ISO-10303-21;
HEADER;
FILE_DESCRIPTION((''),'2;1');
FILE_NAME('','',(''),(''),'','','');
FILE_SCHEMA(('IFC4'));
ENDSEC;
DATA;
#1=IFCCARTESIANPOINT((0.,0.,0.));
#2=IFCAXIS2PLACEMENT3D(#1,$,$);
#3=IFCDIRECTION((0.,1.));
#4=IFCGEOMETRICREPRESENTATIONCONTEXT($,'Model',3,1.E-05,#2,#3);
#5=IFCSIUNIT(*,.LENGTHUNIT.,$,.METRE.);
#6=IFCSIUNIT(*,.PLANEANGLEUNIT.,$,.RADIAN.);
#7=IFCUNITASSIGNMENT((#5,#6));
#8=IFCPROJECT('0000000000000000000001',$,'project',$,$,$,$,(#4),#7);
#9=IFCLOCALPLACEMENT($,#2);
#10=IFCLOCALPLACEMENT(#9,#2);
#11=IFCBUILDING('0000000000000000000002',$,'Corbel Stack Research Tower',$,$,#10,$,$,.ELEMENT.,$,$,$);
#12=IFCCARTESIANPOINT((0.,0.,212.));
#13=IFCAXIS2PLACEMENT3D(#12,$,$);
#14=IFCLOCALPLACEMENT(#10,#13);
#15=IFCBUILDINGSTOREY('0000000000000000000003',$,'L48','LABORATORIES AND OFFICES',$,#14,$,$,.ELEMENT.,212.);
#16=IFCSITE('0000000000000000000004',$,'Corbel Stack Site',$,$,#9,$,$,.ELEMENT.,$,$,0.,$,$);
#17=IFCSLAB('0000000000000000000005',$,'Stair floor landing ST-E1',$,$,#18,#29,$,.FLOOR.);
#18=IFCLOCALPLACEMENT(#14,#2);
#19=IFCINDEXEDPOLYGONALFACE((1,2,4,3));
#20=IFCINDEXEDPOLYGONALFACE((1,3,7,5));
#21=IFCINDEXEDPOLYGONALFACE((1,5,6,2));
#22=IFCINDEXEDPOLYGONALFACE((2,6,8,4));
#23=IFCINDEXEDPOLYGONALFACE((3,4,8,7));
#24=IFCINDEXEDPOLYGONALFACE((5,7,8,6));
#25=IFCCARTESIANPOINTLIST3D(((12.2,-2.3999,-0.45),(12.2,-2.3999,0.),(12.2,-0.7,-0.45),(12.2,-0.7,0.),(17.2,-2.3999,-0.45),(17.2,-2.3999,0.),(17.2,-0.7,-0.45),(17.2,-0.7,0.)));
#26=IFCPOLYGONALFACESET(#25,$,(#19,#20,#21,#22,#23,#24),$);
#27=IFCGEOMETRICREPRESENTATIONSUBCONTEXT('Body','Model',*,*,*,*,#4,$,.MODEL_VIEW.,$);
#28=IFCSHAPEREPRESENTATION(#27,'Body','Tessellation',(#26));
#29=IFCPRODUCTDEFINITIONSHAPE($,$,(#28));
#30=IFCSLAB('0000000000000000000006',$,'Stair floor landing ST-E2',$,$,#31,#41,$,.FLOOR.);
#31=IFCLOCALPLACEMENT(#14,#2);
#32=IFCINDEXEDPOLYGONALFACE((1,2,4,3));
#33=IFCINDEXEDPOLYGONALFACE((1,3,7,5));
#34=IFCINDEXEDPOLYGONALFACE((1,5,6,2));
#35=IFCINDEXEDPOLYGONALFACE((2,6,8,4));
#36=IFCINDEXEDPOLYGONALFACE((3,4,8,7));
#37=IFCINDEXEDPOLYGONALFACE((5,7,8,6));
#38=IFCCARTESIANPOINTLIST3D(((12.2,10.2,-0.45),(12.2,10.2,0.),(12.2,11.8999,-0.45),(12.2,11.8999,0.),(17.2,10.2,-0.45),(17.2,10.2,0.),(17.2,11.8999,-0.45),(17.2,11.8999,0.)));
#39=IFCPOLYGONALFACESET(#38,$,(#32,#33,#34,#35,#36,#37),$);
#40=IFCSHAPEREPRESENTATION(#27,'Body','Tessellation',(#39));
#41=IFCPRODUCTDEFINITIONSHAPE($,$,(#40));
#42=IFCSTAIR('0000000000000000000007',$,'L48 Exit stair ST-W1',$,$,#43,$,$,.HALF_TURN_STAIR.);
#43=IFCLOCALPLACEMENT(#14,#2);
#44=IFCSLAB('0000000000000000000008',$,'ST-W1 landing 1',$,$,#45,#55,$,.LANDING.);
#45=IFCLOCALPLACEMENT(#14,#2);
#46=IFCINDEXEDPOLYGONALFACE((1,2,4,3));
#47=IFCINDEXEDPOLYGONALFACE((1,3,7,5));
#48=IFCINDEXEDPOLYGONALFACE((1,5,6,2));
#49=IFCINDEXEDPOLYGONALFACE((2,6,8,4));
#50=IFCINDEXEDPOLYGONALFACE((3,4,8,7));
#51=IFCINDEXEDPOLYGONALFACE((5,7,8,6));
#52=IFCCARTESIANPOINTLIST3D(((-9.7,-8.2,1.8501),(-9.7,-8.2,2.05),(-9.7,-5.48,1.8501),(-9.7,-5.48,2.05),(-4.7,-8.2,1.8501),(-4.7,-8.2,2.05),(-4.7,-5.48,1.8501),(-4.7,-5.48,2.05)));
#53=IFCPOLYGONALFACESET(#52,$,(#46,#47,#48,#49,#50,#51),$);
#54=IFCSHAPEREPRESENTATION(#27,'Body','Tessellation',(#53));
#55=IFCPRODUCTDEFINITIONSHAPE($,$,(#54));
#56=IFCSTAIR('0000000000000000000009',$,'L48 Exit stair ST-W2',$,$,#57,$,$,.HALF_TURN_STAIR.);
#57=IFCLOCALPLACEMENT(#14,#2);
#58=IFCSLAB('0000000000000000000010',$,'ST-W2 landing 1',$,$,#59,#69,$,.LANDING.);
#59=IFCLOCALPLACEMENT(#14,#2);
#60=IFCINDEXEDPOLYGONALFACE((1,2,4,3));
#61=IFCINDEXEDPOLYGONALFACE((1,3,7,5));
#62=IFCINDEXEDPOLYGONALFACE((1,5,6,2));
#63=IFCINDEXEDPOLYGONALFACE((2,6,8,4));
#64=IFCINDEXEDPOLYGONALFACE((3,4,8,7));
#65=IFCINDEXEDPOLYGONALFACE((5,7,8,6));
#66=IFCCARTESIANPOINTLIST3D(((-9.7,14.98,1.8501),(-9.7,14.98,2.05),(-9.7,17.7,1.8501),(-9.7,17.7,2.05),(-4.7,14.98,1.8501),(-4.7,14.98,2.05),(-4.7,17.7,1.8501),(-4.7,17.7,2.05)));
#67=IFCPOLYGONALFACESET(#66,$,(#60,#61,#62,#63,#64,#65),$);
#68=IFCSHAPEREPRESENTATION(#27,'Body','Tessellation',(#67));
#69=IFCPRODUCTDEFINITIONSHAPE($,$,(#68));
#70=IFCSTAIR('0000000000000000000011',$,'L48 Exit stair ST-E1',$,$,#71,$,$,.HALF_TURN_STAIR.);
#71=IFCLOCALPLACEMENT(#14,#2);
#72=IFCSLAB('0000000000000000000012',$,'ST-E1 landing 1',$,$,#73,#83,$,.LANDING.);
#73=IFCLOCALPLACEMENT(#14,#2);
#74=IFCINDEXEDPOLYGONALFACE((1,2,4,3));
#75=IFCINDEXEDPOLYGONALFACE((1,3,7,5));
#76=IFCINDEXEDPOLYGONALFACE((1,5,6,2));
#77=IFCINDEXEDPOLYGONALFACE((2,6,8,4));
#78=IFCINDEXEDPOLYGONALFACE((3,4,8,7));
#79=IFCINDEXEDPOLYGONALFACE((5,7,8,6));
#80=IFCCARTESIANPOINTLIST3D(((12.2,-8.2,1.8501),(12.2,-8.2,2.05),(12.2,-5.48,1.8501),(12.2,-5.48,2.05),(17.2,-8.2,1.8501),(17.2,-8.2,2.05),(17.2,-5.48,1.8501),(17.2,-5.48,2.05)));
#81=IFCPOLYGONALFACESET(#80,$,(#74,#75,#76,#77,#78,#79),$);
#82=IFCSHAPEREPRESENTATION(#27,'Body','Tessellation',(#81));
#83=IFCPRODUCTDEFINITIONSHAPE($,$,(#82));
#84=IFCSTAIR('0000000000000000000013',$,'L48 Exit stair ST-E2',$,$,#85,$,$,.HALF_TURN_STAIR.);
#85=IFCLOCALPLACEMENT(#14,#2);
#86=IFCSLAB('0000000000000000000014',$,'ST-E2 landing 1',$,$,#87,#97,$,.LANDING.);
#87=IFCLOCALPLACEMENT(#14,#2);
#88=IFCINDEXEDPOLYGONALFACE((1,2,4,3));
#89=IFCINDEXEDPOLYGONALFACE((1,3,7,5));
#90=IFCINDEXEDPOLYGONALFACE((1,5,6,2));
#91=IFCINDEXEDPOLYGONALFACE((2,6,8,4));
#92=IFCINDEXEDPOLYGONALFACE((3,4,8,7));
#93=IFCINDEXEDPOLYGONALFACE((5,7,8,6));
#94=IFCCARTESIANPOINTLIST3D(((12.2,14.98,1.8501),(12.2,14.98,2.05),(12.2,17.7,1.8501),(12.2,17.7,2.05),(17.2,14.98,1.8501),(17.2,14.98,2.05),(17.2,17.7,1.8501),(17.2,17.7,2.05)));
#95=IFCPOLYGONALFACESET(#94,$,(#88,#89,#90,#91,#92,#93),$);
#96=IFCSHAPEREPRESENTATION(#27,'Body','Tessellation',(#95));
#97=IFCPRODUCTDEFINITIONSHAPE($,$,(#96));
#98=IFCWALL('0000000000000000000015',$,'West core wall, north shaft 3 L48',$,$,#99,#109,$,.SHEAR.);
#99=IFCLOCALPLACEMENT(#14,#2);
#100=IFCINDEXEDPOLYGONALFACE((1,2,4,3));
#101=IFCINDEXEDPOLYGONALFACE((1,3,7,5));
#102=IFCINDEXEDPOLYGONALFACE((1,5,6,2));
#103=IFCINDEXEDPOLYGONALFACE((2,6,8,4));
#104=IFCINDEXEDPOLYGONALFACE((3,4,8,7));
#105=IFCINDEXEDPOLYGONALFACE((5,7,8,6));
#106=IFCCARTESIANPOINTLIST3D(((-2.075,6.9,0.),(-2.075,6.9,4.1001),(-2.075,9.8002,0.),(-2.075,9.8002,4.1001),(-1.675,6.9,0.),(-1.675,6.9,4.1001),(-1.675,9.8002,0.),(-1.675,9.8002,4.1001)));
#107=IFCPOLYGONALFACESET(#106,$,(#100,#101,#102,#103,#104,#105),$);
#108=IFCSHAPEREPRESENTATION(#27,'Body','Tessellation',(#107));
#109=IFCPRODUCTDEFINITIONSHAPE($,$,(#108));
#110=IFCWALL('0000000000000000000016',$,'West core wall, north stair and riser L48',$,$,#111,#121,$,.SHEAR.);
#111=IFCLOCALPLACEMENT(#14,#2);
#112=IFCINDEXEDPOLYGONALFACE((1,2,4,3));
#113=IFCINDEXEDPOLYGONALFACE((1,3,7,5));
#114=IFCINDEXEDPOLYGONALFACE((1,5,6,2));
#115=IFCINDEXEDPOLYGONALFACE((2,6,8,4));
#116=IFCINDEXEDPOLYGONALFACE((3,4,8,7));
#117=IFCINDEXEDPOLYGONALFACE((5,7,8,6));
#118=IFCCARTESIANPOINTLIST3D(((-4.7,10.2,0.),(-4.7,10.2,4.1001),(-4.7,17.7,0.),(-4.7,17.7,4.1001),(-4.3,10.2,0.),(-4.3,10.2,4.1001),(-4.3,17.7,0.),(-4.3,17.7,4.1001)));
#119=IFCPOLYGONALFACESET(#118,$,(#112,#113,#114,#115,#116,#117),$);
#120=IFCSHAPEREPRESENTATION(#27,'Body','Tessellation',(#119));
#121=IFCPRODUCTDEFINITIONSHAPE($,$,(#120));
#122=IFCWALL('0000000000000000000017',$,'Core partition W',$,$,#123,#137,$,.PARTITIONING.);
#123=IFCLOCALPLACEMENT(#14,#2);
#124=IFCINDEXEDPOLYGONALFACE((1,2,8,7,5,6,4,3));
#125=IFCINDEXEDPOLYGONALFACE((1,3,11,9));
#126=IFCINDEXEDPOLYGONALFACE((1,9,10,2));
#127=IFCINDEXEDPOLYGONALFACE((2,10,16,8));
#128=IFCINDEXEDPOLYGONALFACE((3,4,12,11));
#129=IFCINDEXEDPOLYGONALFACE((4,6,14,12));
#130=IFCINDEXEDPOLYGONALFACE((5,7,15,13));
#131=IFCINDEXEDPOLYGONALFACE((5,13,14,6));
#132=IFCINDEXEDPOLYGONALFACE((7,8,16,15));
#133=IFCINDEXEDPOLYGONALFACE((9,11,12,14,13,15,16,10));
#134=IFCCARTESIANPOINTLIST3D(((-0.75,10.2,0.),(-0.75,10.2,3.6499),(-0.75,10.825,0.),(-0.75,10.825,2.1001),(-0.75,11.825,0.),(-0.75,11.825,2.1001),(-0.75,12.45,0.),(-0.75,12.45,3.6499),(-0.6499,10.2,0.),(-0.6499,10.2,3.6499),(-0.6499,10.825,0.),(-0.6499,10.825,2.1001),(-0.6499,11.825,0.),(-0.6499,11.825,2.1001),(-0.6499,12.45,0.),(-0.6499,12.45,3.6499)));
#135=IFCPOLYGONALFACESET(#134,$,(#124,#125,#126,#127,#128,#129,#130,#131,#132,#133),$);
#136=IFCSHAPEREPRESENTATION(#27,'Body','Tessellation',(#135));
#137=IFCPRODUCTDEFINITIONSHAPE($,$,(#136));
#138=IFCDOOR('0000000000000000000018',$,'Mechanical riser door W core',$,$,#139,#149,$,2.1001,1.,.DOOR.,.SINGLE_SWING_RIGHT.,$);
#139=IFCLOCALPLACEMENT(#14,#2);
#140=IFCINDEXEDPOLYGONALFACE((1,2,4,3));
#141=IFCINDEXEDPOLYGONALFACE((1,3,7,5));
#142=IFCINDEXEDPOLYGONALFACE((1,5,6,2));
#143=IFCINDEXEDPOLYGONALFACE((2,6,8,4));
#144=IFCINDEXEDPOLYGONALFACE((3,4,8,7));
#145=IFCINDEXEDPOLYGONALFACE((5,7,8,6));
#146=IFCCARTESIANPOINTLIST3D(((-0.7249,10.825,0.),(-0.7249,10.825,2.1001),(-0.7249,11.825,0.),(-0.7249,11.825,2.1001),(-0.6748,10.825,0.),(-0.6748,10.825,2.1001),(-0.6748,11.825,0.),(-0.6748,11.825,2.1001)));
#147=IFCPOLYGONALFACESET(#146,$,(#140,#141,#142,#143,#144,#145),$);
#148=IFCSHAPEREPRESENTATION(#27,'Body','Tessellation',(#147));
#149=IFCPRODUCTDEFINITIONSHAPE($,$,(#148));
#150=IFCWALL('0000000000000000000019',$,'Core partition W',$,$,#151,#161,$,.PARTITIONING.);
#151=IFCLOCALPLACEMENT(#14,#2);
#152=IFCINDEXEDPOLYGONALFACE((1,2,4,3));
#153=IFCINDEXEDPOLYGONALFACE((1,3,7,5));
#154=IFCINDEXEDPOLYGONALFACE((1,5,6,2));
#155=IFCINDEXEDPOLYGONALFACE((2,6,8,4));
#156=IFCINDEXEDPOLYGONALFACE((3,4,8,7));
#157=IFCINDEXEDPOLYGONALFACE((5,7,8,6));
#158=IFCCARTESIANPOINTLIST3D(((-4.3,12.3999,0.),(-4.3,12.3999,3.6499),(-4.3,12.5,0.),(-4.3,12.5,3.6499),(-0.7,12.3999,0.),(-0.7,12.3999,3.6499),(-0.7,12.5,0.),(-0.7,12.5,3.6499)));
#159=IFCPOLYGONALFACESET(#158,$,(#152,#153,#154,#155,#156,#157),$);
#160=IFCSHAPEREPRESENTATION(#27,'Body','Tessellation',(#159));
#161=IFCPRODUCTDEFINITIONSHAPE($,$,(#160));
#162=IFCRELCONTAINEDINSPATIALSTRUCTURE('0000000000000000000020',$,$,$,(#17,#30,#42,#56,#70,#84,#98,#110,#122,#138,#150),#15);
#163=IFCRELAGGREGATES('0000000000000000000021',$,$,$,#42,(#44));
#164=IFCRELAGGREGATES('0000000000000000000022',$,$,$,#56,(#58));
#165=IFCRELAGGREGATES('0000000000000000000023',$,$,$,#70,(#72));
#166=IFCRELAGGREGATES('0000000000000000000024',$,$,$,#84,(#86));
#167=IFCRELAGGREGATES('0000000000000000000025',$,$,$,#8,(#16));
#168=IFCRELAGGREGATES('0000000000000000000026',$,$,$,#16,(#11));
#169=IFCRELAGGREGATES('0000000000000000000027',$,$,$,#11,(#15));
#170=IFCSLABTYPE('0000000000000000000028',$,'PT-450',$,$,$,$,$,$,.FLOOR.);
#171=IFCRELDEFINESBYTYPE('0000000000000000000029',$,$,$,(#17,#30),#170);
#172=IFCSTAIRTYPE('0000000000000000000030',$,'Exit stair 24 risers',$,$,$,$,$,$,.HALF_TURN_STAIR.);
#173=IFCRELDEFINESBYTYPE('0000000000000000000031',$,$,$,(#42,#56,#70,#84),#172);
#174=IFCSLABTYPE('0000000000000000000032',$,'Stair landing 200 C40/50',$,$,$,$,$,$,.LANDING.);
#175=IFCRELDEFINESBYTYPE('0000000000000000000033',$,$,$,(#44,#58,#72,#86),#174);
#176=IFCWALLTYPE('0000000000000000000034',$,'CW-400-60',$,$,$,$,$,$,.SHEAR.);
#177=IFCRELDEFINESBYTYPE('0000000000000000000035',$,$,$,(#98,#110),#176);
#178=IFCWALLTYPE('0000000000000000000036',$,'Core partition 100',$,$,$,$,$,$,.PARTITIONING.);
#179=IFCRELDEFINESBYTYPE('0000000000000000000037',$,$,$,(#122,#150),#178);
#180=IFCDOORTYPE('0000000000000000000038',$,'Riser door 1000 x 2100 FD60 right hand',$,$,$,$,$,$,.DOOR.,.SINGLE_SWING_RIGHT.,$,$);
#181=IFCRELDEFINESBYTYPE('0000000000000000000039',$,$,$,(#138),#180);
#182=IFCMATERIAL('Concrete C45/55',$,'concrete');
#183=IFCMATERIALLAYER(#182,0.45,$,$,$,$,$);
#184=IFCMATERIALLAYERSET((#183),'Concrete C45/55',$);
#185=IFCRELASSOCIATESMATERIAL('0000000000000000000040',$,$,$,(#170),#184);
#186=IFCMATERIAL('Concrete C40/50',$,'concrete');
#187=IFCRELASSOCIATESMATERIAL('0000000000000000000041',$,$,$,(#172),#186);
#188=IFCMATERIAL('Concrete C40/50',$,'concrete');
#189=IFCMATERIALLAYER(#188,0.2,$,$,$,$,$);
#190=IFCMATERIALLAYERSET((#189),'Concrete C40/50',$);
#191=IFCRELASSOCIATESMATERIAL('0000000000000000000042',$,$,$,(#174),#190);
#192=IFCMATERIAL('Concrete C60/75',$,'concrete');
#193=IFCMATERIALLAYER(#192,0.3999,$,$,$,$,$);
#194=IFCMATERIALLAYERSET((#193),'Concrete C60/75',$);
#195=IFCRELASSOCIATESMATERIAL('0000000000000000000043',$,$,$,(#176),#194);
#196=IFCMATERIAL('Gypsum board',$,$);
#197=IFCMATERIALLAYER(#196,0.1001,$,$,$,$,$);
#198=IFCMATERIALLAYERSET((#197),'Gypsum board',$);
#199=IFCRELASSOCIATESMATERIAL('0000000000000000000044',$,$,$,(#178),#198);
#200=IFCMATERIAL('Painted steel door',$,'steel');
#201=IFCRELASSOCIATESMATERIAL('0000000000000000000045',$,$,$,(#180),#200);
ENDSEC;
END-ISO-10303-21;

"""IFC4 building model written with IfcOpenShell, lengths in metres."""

from ifc_helpers import new_model, si_unit, direction, frame, frame_2d, origin, place, context, subcontext, project, spatial, polyline, rectangle, outline, extrude, material, layer, layer_set, type_object, element, fill, aggregate, save


model = new_model("IFC4")

# Units and contexts
model_context = context("Model", 3, precision=1e-05, world=origin(), true_north=direction((0.0, 1.0)))
body_context = subcontext(model_context, "Body", "Model", "MODEL_VIEW")
ifc_project = project(units=[si_unit("LENGTHUNIT", "METRE"), si_unit("PLANEANGLEUNIT", "RADIAN")], contexts=[model_context])

# Site, building, storey
site_placement = place(None, origin())
site = spatial("IfcSite", under=ifc_project, at=site_placement, Name="Corbel Stack Site", CompositionType="ELEMENT", RefElevation=0.0)
building_placement = place(site_placement, origin())
building = spatial("IfcBuilding", under=site, at=building_placement, Name="Corbel Stack Research Tower", CompositionType="ELEMENT")
storey_placement = place(building_placement, frame((0.0, 0.0, 212.0)))
storey = spatial("IfcBuildingStorey", under=building, at=storey_placement, Name="L48", Description="LABORATORIES AND OFFICES", CompositionType="ELEMENT", Elevation=212.0)

# Slabs
ifc_material_1 = material(Name="Concrete C45/55", Category="concrete")
ifc_layer_1 = layer(ifc_material_1, 0.45)
ifc_layer_set_1 = layer_set([ifc_layer_1], Name="Concrete C45/55")
slab_type_1 = type_object("IfcSlabType", Name="PT-450", PredefinedType="FLOOR", material=ifc_layer_set_1)
slab_1_placement = place(storey_placement, frame((0.0, 0.0, -0.45)))
element("IfcSlab", 1, at=slab_1_placement, inside=storey, type_object=slab_type_1, Name="Stair floor landing ST-E1", PredefinedType="FLOOR", context=body_context, shape_type="SweptSolid", body=[
    extrude(outline(polyline([(12.2, -2.3999), (17.2, -2.3999), (17.2, -0.7), (12.2, -0.7), (12.2, -2.3999)])), origin(), (0.0, 0.0, 1.0), 0.45),
])
slab_2_placement = place(storey_placement, frame((0.0, 0.0, -0.45)))
element("IfcSlab", 2, at=slab_2_placement, inside=storey, type_object=slab_type_1, Name="Stair floor landing ST-E2", PredefinedType="FLOOR", context=body_context, shape_type="SweptSolid", body=[
    extrude(outline(polyline([(12.2, 10.2), (17.2, 10.2), (17.2, 11.8999), (12.2, 11.8999), (12.2, 10.2)])), origin(), (0.0, 0.0, 1.0), 0.45),
])

# Stairs, slabs
ifc_material_2 = material(Name="Concrete C40/50", Category="concrete")
stair_type = type_object("IfcStairType", Name="Exit stair 24 risers", PredefinedType="HALF_TURN_STAIR", material=ifc_material_2)
stair_1_placement = place(storey_placement, origin())
stair_1 = element("IfcStair", 3, at=stair_1_placement, inside=storey, type_object=stair_type, Name="L48 Exit stair ST-W1", PredefinedType="HALF_TURN_STAIR")
ifc_material_3 = material(Name="Concrete C40/50", Category="concrete")
ifc_layer_2 = layer(ifc_material_3, 0.2)
ifc_layer_set_2 = layer_set([ifc_layer_2], Name="Concrete C40/50")
slab_type_2 = type_object("IfcSlabType", Name="Stair landing 200 C40/50", PredefinedType="LANDING", material=ifc_layer_set_2)
slab_3_placement = place(storey_placement, frame((0.0, 0.0, 1.8501)))
slab_3 = element("IfcSlab", 4, at=slab_3_placement, type_object=slab_type_2, Name="ST-W1 landing 1", PredefinedType="LANDING", context=body_context, shape_type="SweptSolid", body=[
    extrude(outline(polyline([(-9.7, -8.2), (-9.7, -5.48), (-4.7, -5.48), (-4.7, -8.2), (-9.7, -8.2)])), origin(), (0.0, 0.0, 1.0), 0.2),
])
aggregate(stair_1, [slab_3])
stair_2_placement = place(storey_placement, origin())
stair_2 = element("IfcStair", 5, at=stair_2_placement, inside=storey, type_object=stair_type, Name="L48 Exit stair ST-W2", PredefinedType="HALF_TURN_STAIR")
slab_4_placement = place(storey_placement, frame((0.0, 0.0, 1.8501)))
slab_4 = element("IfcSlab", 6, at=slab_4_placement, type_object=slab_type_2, Name="ST-W2 landing 1", PredefinedType="LANDING", context=body_context, shape_type="SweptSolid", body=[
    extrude(outline(polyline([(-9.7, 14.98), (-9.7, 17.7), (-4.7, 17.7), (-4.7, 14.98), (-9.7, 14.98)])), origin(), (0.0, 0.0, 1.0), 0.2),
])
aggregate(stair_2, [slab_4])
stair_3_placement = place(storey_placement, origin())
stair_3 = element("IfcStair", 7, at=stair_3_placement, inside=storey, type_object=stair_type, Name="L48 Exit stair ST-E1", PredefinedType="HALF_TURN_STAIR")
slab_5_placement = place(storey_placement, frame((0.0, 0.0, 1.8501)))
slab_5 = element("IfcSlab", 8, at=slab_5_placement, type_object=slab_type_2, Name="ST-E1 landing 1", PredefinedType="LANDING", context=body_context, shape_type="SweptSolid", body=[
    extrude(outline(polyline([(12.2, -8.2), (12.2, -5.48), (17.2, -5.48), (17.2, -8.2), (12.2, -8.2)])), origin(), (0.0, 0.0, 1.0), 0.2),
])
aggregate(stair_3, [slab_5])
stair_4_placement = place(storey_placement, origin())
stair_4 = element("IfcStair", 9, at=stair_4_placement, inside=storey, type_object=stair_type, Name="L48 Exit stair ST-E2", PredefinedType="HALF_TURN_STAIR")
slab_6_placement = place(storey_placement, frame((0.0, 0.0, 1.8501)))
slab_6 = element("IfcSlab", 10, at=slab_6_placement, type_object=slab_type_2, Name="ST-E2 landing 1", PredefinedType="LANDING", context=body_context, shape_type="SweptSolid", body=[
    extrude(outline(polyline([(12.2, 14.98), (12.2, 17.7), (17.2, 17.7), (17.2, 14.98), (12.2, 14.98)])), origin(), (0.0, 0.0, 1.0), 0.2),
])
aggregate(stair_4, [slab_6])

# Walls
ifc_material_4 = material(Name="Concrete C60/75", Category="concrete")
ifc_layer_3 = layer(ifc_material_4, 0.3999)
ifc_layer_set_3 = layer_set([ifc_layer_3], Name="Concrete C60/75")
wall_type_1 = type_object("IfcWallType", Name="CW-400-60", PredefinedType="SHEAR", material=ifc_layer_set_3)
wall_1_placement = place(storey_placement, frame((-1.875, 6.8999, 0.0), z_axis=(0.0, 0.0, 1.0), x_axis=(0.0, 1.0, 0.0)))
element("IfcWall", 11, at=wall_1_placement, inside=storey, type_object=wall_type_1, Name="West core wall, north shaft 3 L48", PredefinedType="SHEAR", context=body_context, shape_type="SweptSolid", body=[
    extrude(rectangle(XDim=2.9001, YDim=0.3999, at=frame_2d((1.4502, 0.0))), origin(), (0.0, 0.0, 1.0), 4.1001),
])
wall_2_placement = place(storey_placement, frame((-4.5, 10.2, 0.0), z_axis=(0.0, 0.0, 1.0), x_axis=(0.0, 1.0, 0.0)))
element("IfcWall", 12, at=wall_2_placement, inside=storey, type_object=wall_type_1, Name="West core wall, north stair and riser L48", PredefinedType="SHEAR", context=body_context, shape_type="SweptSolid", body=[
    extrude(rectangle(XDim=7.5, YDim=0.3999, at=frame_2d((3.75, 0.0))), origin(), (0.0, 0.0, 1.0), 4.1001),
])

# Wall, opening, door
ifc_material_5 = material(Name="Gypsum board")
ifc_layer_4 = layer(ifc_material_5, 0.1001)
ifc_layer_set_4 = layer_set([ifc_layer_4], Name="Gypsum board")
wall_type_2 = type_object("IfcWallType", Name="Core partition 100", PredefinedType="PARTITIONING", material=ifc_layer_set_4)
wall_3_placement = place(storey_placement, frame((-0.7, 10.2, 0.0), z_axis=(0.0, 0.0, 1.0), x_axis=(0.0, 1.0, 0.0)))
wall_3 = element("IfcWall", 13, at=wall_3_placement, inside=storey, type_object=wall_type_2, Name="Core partition W", PredefinedType="PARTITIONING", context=body_context, shape_type="SweptSolid", body=[
    extrude(rectangle(XDim=2.25, YDim=0.1001, at=frame_2d((1.125, 0.0))), origin(), (0.0, 0.0, 1.0), 3.6499),
])
opening_placement = place(wall_3_placement, frame((0.625, 0.0, 0.0)))
opening = element("IfcOpeningElement", 14, at=opening_placement, cuts=wall_3, PredefinedType="OPENING", context=body_context, shape_type="SweptSolid", body=[
    extrude(rectangle(XDim=1.0, YDim=2.1001, at=frame_2d((0.5, 1.05))), frame((0.0, 0.0601, 0.0), z_axis=(0.0, -1.0, 0.0), x_axis=(1.0, 0.0, 0.0)), (0.0, 0.0, 1.0), 0.1201),
])
ifc_material_6 = material(Name="Painted steel door", Category="steel")
door_type = type_object("IfcDoorType", Name="Riser door 1000 x 2100 FD60 right hand", OperationType="SINGLE_SWING_RIGHT", PredefinedType="DOOR", material=ifc_material_6)
door_placement = place(opening_placement, origin())
door = element("IfcDoor", 15, at=door_placement, inside=storey, type_object=door_type, Name="Mechanical riser door W core", OperationType="SINGLE_SWING_RIGHT", OverallHeight=2.1001, OverallWidth=1.0, PredefinedType="DOOR", context=body_context, shape_type="SweptSolid", body=[
    extrude(rectangle(XDim=1.0, YDim=2.1001, at=frame_2d((0.5, 1.05))), frame((0.0, 0.0249, 0.0), z_axis=(0.0, -1.0, 0.0), x_axis=(1.0, 0.0, 0.0)), (0.0, 0.0, 1.0), 0.05),
])
fill(opening, door)

# Wall
wall_4_placement = place(storey_placement, frame((-4.3, 12.45, 0.0), z_axis=(0.0, 0.0, 1.0), x_axis=(1.0, 0.0, 0.0)))
element("IfcWall", 16, at=wall_4_placement, inside=storey, type_object=wall_type_2, Name="Core partition W", PredefinedType="PARTITIONING", context=body_context, shape_type="SweptSolid", body=[
    extrude(rectangle(XDim=3.6001, YDim=0.1001, at=frame_2d((1.8, 0.0))), origin(), (0.0, 0.0, 1.0), 3.6499),
])

save(model, "model.ifc")
